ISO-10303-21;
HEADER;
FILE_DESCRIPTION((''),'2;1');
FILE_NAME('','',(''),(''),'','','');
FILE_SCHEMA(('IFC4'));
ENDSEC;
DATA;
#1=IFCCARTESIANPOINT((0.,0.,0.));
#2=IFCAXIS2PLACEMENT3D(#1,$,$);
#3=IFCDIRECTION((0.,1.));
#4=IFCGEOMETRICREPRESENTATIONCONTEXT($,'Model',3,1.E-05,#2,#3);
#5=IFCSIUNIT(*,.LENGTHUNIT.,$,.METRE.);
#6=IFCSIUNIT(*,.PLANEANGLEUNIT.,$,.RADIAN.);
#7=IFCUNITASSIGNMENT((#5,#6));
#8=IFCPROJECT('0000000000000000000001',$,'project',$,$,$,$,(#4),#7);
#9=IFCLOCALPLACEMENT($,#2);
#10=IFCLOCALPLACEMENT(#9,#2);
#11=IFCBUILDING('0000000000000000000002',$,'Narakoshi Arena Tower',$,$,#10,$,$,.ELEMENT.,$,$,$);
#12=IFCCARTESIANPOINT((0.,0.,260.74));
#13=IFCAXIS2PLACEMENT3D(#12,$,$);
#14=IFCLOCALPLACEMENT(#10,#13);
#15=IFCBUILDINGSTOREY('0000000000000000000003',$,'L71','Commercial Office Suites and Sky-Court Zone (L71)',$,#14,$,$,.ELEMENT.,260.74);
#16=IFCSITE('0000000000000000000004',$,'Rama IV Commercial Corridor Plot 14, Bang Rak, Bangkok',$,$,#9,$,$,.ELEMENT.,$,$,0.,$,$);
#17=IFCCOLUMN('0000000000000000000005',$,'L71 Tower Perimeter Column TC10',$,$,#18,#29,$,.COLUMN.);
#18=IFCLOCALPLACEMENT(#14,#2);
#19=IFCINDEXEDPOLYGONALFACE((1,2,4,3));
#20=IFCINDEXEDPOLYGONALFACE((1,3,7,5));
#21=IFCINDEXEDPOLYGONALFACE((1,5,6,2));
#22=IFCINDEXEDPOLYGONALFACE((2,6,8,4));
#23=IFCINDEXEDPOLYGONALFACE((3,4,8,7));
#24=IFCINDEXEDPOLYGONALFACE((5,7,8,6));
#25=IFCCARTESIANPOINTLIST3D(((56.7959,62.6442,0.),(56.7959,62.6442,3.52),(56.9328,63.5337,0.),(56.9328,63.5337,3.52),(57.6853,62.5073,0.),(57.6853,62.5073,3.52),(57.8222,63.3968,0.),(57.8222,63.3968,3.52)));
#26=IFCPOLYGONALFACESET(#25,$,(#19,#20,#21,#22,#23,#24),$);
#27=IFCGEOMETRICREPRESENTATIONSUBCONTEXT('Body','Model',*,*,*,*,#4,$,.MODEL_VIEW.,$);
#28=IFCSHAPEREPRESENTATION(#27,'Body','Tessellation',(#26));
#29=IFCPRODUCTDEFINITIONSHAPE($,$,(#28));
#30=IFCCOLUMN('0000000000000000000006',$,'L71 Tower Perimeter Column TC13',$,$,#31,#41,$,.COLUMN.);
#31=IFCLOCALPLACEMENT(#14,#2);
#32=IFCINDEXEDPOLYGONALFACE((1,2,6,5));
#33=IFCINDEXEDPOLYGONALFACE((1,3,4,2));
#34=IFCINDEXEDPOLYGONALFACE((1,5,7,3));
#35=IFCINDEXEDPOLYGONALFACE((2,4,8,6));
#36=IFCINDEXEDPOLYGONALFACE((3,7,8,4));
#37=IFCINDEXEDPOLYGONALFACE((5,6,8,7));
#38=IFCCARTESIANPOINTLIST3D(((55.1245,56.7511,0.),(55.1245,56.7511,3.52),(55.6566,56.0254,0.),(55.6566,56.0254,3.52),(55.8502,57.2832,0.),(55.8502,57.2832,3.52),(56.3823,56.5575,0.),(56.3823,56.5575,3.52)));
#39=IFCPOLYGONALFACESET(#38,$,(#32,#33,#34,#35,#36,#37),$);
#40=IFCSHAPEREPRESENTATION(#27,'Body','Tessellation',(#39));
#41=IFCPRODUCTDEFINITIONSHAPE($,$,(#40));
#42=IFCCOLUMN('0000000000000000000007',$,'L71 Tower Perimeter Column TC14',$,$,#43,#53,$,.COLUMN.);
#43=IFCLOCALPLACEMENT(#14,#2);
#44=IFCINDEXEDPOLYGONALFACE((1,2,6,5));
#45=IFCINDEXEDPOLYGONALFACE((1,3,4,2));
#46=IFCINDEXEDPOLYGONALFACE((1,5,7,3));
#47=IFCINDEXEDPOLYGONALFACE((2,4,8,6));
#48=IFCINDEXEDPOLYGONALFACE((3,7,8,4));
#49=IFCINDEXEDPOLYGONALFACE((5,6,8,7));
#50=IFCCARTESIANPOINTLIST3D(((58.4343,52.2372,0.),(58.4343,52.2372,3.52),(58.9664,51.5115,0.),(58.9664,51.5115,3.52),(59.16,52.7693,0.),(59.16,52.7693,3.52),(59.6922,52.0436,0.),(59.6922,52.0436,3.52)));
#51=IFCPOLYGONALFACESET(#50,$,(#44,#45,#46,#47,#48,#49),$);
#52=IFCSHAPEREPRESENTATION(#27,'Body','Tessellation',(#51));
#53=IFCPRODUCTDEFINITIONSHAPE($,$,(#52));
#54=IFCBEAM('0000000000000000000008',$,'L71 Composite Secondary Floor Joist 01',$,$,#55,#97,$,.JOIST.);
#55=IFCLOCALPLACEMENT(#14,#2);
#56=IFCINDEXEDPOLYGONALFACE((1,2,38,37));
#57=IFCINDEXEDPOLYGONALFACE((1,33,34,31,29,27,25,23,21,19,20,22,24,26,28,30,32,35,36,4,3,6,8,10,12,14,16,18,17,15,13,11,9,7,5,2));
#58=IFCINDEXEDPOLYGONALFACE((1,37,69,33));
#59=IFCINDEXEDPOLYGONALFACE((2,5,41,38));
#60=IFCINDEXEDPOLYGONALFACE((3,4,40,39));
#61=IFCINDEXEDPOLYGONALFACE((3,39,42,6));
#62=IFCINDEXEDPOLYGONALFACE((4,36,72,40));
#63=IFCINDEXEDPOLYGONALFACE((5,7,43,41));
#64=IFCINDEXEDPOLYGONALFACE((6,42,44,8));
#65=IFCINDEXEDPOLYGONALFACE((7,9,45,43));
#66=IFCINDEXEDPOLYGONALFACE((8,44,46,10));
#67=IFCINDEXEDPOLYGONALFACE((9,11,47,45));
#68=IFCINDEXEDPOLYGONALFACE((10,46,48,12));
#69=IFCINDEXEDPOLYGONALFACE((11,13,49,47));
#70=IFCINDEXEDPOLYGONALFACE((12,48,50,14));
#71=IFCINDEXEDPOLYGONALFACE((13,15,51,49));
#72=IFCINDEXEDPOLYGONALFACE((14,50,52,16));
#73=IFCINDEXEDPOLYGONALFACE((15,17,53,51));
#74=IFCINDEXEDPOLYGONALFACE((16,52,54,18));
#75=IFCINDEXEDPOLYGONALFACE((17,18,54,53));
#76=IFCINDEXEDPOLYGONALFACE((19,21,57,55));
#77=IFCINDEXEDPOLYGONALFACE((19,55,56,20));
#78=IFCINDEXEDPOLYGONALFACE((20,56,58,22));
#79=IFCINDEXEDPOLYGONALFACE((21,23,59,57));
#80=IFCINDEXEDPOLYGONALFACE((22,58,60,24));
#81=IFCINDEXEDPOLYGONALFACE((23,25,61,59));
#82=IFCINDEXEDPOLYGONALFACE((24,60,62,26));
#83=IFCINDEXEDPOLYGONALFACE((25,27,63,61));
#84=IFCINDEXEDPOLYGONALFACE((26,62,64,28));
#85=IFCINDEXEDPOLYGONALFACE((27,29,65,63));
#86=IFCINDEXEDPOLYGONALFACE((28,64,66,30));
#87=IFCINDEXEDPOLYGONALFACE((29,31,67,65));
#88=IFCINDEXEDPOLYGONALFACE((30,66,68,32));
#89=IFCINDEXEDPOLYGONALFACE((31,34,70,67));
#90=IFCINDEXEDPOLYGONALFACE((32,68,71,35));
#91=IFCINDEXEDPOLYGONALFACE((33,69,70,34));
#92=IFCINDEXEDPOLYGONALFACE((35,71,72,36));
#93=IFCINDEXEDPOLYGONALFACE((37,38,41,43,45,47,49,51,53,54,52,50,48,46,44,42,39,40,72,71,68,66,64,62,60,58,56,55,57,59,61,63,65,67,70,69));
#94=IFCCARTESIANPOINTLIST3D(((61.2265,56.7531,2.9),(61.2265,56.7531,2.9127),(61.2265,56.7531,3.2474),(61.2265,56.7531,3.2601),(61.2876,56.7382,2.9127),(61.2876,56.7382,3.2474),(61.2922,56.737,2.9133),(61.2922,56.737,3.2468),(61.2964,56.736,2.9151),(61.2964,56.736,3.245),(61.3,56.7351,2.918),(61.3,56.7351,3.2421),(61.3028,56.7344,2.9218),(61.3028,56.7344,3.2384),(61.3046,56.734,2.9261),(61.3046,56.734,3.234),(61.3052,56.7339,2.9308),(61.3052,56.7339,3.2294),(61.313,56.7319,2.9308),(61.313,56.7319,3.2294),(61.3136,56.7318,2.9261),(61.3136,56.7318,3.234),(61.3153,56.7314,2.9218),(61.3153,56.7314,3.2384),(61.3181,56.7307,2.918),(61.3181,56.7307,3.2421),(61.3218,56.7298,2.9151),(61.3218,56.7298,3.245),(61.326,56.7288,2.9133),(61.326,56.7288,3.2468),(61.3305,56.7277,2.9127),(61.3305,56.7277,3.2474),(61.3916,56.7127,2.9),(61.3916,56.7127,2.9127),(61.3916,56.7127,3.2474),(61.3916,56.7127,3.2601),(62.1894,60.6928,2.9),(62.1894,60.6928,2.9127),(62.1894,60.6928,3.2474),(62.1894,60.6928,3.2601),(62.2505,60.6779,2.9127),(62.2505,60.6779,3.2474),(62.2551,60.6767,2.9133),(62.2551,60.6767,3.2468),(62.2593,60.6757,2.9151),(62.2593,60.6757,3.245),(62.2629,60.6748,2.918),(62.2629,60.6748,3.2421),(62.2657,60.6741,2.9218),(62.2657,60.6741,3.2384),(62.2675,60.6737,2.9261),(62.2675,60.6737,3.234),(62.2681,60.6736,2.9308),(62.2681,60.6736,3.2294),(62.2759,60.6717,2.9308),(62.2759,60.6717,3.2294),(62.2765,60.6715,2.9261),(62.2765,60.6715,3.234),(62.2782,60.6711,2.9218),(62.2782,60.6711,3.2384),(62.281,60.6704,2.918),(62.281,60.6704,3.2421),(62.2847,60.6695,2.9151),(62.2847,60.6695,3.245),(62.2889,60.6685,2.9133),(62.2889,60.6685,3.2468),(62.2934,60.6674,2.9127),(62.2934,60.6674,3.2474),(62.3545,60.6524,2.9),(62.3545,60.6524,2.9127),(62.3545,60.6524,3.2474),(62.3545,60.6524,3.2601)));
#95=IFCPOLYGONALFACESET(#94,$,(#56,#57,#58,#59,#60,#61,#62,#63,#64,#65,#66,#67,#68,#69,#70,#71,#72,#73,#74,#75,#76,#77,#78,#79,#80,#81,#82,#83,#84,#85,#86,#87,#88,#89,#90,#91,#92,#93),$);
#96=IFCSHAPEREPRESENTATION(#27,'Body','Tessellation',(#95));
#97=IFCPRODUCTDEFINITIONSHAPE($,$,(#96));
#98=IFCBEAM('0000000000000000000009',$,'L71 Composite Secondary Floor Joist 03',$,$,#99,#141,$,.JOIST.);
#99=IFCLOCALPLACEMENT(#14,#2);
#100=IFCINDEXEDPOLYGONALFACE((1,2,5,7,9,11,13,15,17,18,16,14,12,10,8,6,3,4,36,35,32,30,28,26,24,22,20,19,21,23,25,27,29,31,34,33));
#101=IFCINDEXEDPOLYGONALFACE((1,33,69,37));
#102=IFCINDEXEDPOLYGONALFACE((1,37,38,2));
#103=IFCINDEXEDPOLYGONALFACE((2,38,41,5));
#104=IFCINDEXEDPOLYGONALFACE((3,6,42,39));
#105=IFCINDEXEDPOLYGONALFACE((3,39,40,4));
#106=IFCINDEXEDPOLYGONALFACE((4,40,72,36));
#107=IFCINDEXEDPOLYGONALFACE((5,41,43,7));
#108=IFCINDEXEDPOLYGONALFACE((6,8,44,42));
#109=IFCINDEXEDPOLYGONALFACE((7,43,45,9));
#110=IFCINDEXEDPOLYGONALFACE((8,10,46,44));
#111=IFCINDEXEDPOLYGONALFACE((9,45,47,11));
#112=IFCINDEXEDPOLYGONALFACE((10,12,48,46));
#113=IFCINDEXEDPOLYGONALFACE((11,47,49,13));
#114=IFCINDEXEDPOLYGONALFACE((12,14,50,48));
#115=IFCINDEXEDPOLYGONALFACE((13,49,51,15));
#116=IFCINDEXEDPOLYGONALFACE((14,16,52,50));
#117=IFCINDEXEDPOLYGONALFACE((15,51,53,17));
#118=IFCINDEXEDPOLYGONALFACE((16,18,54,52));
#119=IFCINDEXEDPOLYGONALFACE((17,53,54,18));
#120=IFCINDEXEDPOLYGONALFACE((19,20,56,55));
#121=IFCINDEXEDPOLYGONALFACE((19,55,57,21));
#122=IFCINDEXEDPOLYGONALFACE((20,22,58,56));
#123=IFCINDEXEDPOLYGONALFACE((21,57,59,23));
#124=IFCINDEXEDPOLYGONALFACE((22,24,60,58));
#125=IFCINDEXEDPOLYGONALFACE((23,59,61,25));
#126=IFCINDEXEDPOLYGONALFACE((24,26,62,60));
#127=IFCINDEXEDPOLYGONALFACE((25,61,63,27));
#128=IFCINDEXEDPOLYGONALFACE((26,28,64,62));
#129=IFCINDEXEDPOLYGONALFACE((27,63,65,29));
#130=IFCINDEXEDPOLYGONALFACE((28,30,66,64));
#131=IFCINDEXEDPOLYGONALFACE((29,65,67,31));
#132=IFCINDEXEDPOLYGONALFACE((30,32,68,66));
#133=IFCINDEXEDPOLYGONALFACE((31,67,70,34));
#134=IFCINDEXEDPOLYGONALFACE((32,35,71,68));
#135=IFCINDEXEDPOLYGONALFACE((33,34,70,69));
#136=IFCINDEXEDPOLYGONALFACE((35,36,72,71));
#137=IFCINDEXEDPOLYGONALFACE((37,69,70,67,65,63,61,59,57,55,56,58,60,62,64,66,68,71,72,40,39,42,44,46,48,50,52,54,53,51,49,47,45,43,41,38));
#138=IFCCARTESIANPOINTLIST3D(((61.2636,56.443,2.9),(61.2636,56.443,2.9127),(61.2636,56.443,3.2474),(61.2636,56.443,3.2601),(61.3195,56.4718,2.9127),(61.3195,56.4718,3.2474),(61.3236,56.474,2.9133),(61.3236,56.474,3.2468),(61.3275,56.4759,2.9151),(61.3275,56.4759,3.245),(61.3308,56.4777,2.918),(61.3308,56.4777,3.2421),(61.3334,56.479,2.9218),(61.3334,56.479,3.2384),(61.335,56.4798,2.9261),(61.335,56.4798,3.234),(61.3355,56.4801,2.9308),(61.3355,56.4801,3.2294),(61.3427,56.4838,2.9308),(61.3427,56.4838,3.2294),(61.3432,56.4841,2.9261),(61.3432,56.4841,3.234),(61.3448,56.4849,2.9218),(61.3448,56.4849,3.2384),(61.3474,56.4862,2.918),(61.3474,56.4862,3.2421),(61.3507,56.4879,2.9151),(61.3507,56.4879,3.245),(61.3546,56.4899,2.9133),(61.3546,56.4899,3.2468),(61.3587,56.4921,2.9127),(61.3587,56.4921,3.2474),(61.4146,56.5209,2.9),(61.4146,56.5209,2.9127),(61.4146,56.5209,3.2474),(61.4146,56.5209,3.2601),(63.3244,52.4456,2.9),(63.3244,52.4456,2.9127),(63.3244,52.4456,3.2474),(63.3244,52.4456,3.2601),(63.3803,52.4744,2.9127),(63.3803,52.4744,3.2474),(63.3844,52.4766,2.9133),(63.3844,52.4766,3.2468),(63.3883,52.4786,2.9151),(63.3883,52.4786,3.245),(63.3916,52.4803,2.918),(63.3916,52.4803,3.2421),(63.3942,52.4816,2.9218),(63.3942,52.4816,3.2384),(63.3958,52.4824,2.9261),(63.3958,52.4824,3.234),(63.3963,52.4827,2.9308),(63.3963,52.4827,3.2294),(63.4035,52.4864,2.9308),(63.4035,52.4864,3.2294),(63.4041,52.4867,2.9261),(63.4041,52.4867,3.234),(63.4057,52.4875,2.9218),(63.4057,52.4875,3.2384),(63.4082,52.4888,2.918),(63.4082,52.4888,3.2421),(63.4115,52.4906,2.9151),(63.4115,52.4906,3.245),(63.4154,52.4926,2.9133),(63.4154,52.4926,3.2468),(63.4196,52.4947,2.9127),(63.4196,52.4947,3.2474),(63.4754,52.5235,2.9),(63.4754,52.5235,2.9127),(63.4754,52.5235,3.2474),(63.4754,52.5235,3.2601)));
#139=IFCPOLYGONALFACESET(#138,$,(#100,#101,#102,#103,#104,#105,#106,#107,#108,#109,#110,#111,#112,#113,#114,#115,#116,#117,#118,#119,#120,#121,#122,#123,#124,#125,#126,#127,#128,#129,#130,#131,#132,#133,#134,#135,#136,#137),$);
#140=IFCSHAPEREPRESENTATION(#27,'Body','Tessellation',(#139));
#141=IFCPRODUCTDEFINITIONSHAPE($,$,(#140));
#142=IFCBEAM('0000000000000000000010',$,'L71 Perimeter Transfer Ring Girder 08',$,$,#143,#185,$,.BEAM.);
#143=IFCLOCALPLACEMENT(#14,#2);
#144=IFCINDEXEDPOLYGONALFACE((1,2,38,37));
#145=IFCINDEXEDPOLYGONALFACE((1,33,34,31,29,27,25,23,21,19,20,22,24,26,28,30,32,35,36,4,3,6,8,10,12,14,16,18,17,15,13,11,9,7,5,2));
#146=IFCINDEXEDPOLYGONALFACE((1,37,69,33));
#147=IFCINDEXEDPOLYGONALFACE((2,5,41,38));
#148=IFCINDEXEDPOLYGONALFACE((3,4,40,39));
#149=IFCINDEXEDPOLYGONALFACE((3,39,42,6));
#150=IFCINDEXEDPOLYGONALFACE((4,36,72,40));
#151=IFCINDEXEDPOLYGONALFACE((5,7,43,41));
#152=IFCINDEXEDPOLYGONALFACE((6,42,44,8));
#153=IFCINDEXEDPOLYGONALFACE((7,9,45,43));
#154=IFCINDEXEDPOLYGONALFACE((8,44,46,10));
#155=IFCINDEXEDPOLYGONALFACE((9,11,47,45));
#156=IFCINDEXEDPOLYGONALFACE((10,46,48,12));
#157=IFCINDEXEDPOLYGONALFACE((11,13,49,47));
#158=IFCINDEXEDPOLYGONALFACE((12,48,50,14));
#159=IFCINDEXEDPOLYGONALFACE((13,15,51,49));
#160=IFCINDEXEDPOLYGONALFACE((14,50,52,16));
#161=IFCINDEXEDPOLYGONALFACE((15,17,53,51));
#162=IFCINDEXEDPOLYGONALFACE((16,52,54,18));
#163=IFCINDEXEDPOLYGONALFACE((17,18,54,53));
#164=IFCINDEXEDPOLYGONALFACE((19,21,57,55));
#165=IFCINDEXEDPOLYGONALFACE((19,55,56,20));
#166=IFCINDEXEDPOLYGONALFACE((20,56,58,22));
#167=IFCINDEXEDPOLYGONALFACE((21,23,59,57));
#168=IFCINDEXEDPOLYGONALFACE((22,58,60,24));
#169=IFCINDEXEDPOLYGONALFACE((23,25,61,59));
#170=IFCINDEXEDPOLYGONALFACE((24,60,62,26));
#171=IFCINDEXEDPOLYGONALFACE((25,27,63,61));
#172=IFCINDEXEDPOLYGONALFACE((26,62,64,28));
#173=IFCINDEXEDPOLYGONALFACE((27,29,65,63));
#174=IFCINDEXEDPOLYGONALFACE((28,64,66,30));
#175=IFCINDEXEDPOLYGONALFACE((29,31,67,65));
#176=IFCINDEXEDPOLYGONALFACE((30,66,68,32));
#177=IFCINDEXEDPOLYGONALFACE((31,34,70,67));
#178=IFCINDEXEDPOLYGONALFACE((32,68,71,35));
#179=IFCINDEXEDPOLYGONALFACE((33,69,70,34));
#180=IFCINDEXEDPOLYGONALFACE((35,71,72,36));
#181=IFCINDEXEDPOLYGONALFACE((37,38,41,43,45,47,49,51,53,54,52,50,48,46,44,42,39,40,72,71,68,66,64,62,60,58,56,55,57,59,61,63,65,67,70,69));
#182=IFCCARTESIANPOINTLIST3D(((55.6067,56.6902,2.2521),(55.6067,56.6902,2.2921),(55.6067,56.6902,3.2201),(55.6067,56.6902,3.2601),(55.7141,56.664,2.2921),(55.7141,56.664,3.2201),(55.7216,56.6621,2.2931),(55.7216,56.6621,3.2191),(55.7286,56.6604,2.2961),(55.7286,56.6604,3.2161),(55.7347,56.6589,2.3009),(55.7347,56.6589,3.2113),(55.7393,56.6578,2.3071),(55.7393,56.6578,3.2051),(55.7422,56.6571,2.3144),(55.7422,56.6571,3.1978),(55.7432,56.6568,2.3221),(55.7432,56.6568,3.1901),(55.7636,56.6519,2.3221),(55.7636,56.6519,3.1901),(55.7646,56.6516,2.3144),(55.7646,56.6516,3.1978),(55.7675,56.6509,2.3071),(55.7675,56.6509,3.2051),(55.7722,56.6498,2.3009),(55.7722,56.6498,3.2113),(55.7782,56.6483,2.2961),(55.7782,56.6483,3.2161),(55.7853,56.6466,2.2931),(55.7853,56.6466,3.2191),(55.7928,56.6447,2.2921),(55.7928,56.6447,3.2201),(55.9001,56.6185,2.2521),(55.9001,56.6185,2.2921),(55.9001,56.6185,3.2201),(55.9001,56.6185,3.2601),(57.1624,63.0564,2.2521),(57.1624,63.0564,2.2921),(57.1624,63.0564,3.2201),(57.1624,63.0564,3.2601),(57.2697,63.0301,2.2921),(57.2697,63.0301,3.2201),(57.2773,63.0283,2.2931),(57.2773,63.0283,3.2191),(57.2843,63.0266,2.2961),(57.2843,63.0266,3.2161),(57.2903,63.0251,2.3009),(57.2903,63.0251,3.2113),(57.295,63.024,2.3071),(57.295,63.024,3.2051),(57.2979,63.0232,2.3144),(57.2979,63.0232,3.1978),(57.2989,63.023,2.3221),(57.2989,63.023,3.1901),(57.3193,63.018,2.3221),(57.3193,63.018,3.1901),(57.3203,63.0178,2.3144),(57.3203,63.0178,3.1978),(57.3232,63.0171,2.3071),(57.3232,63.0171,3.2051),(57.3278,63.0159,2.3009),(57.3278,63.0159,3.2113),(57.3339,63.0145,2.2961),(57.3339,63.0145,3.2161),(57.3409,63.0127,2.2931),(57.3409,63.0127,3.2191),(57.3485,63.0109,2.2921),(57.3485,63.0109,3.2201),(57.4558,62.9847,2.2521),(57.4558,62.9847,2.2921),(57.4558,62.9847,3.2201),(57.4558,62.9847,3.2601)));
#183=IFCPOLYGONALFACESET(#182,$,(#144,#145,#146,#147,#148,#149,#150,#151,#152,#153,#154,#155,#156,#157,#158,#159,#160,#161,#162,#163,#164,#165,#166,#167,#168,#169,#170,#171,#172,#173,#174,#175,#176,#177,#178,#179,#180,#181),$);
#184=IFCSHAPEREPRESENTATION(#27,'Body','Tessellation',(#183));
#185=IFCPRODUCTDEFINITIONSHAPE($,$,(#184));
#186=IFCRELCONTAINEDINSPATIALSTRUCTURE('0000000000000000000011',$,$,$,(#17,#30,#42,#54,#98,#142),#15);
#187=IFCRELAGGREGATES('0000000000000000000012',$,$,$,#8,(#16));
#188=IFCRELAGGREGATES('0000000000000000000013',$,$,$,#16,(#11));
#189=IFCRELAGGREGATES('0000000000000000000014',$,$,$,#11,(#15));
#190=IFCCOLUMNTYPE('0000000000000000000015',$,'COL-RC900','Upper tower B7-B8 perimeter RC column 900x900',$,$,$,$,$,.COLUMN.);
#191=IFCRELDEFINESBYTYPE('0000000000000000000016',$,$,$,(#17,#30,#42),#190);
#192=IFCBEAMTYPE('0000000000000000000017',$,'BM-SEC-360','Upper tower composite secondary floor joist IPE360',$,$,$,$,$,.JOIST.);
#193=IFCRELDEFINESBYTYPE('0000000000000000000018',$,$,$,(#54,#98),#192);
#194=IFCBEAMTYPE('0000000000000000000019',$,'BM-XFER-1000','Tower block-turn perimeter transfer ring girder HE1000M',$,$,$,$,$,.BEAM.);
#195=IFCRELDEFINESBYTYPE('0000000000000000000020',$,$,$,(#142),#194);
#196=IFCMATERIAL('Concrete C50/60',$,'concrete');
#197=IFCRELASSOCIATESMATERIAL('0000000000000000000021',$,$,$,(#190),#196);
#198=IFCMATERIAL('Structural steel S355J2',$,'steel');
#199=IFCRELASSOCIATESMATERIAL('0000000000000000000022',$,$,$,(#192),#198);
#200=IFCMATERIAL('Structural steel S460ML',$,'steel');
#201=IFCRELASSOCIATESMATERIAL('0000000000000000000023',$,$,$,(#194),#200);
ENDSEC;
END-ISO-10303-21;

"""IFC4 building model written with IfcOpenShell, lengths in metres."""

from ifc_helpers import new_model, si_unit, direction, frame, origin, origin_2d, place, context, subcontext, project, spatial, rectangle, i_section, extrude, material, material_profile, profile_set, type_object, element, save


model = new_model("IFC4")

# Units and contexts
model_context = context("Model", 3, precision=1e-05, world=origin(), true_north=direction((0.0, 1.0)))
body_context = subcontext(model_context, "Body", "Model", "MODEL_VIEW")
ifc_project = project(units=[si_unit("LENGTHUNIT", "METRE"), si_unit("PLANEANGLEUNIT", "RADIAN")], contexts=[model_context])

# Site, building, storey
site_placement = place(None, origin())
site = spatial("IfcSite", under=ifc_project, at=site_placement, Name="Rama IV Commercial Corridor Plot 14, Bang Rak, Bangkok", CompositionType="ELEMENT", RefElevation=0.0)
building_placement = place(site_placement, origin())
building = spatial("IfcBuilding", under=site, at=building_placement, Name="Narakoshi Arena Tower", CompositionType="ELEMENT")
storey_placement = place(building_placement, frame((0.0, 0.0, 260.74)))
storey = spatial("IfcBuildingStorey", under=building, at=storey_placement, Name="L71", Description="Commercial Office Suites and Sky-Court Zone (L71)", CompositionType="ELEMENT", Elevation=260.74)

# Columns
ifc_material_1 = material(Name="Concrete C50/60", Category="concrete")
ifc_material_profile_1 = material_profile(ifc_material_1, rectangle(XDim=0.8999, YDim=0.8999, at=origin_2d()), Name="RC900x900")
ifc_profile_set_1 = profile_set([ifc_material_profile_1], Name="Concrete C50/60")
column_type = type_object("IfcColumnType", Name="COL-RC900", Description="Upper tower B7-B8 perimeter RC column 900x900", PredefinedType="COLUMN", material=ifc_profile_set_1)
for number, where, z_axis, x_axis, name in (
    (1, (57.3091, 63.0205, 0.0), (0.0, 0.0, 1.0), (0.152123, 0.988362, 0.0), "L71 Tower Perimeter Column TC10"),
    (2, (55.7534, 56.6543, 0.0), (0.0, 0.0, 1.0), (-0.59131, 0.806445, 0.0), "L71 Tower Perimeter Column TC13"),
    (3, (59.0632, 52.1404, 0.0), (0.0, 0.0, 1.0), (-0.59131, 0.806445, 0.0), "L71 Tower Perimeter Column TC14"),
):
    element("IfcColumn", number, at=place(storey_placement, frame(where, z_axis=z_axis, x_axis=x_axis)), inside=storey, type_object=column_type, Name=name, PredefinedType="COLUMN", context=body_context, shape_type="SweptSolid", body=[
        extrude(rectangle(XDim=0.8999, YDim=0.8999, at=origin_2d()), origin(), (0.0, 0.0, 1.0), 3.52),
    ])

# Beams
ifc_material_2 = material(Name="Structural steel S355J2", Category="steel")
ifc_material_profile_2 = material_profile(ifc_material_2, i_section(OverallWidth=0.1699, OverallDepth=0.3601, WebThickness=0.0081, FlangeThickness=0.0127, FilletRadius=0.0181, at=origin_2d()), Name="IPE360")
ifc_profile_set_2 = profile_set([ifc_material_profile_2], Name="Structural steel S355J2")
beam_type_1 = type_object("IfcBeamType", Name="BM-SEC-360", Description="Upper tower composite secondary floor joist IPE360", PredefinedType="JOIST", material=ifc_profile_set_2)
beam_1_placement = place(storey_placement, frame((62.272, 60.6726, 3.0801), z_axis=(-0.237419, -0.971407, 0.0), x_axis=(0.971407, -0.237419, 0.0)))
element("IfcBeam", 4, at=beam_1_placement, inside=storey, type_object=beam_type_1, Name="L71 Composite Secondary Floor Joist 01", PredefinedType="JOIST", context=body_context, shape_type="SweptSolid", body=[
    extrude(i_section(OverallWidth=0.1699, OverallDepth=0.3601, WebThickness=0.0081, FlangeThickness=0.0127, FilletRadius=0.0181, at=origin_2d()), origin(), (0.0, 0.0, 1.0), 4.0557),
])
beam_2_placement = place(storey_placement, frame((61.3391, 56.4819, 3.0801), z_axis=(0.458232, -0.888833, 0.0), x_axis=(0.888833, 0.458232, 0.0)))
element("IfcBeam", 5, at=beam_2_placement, inside=storey, type_object=beam_type_1, Name="L71 Composite Secondary Floor Joist 03", PredefinedType="JOIST", context=body_context, shape_type="SweptSolid", body=[
    extrude(i_section(OverallWidth=0.1699, OverallDepth=0.3601, WebThickness=0.0081, FlangeThickness=0.0127, FilletRadius=0.0181, at=origin_2d()), origin(), (0.0, 0.0, 1.0), 4.4973),
])
ifc_material_3 = material(Name="Structural steel S460ML", Category="steel")
ifc_material_profile_3 = material_profile(ifc_material_3, i_section(OverallWidth=0.302, OverallDepth=1.0081, WebThickness=0.021, FlangeThickness=0.04, FilletRadius=0.03, at=origin_2d()), Name="HE1000M")
ifc_profile_set_3 = profile_set([ifc_material_profile_3], Name="Structural steel S460ML")
beam_type_2 = type_object("IfcBeamType", Name="BM-XFER-1000", Description="Tower block-turn perimeter transfer ring girder HE1000M", PredefinedType="BEAM", material=ifc_profile_set_3)
beam_3_placement = place(storey_placement, frame((57.3091, 63.0205, 2.7561), z_axis=(-0.237378, -0.971417, 0.0), x_axis=(0.971417, -0.237378, 0.0)))
element("IfcBeam", 6, at=beam_3_placement, inside=storey, type_object=beam_type_2, Name="L71 Perimeter Transfer Ring Girder 08", PredefinedType="BEAM", context=body_context, shape_type="SweptSolid", body=[
    extrude(i_section(OverallWidth=0.302, OverallDepth=1.0081, WebThickness=0.021, FlangeThickness=0.04, FilletRadius=0.03, at=origin_2d()), origin(), (0.0, 0.0, 1.0), 6.5535),
])

save(model, "model.ifc")
